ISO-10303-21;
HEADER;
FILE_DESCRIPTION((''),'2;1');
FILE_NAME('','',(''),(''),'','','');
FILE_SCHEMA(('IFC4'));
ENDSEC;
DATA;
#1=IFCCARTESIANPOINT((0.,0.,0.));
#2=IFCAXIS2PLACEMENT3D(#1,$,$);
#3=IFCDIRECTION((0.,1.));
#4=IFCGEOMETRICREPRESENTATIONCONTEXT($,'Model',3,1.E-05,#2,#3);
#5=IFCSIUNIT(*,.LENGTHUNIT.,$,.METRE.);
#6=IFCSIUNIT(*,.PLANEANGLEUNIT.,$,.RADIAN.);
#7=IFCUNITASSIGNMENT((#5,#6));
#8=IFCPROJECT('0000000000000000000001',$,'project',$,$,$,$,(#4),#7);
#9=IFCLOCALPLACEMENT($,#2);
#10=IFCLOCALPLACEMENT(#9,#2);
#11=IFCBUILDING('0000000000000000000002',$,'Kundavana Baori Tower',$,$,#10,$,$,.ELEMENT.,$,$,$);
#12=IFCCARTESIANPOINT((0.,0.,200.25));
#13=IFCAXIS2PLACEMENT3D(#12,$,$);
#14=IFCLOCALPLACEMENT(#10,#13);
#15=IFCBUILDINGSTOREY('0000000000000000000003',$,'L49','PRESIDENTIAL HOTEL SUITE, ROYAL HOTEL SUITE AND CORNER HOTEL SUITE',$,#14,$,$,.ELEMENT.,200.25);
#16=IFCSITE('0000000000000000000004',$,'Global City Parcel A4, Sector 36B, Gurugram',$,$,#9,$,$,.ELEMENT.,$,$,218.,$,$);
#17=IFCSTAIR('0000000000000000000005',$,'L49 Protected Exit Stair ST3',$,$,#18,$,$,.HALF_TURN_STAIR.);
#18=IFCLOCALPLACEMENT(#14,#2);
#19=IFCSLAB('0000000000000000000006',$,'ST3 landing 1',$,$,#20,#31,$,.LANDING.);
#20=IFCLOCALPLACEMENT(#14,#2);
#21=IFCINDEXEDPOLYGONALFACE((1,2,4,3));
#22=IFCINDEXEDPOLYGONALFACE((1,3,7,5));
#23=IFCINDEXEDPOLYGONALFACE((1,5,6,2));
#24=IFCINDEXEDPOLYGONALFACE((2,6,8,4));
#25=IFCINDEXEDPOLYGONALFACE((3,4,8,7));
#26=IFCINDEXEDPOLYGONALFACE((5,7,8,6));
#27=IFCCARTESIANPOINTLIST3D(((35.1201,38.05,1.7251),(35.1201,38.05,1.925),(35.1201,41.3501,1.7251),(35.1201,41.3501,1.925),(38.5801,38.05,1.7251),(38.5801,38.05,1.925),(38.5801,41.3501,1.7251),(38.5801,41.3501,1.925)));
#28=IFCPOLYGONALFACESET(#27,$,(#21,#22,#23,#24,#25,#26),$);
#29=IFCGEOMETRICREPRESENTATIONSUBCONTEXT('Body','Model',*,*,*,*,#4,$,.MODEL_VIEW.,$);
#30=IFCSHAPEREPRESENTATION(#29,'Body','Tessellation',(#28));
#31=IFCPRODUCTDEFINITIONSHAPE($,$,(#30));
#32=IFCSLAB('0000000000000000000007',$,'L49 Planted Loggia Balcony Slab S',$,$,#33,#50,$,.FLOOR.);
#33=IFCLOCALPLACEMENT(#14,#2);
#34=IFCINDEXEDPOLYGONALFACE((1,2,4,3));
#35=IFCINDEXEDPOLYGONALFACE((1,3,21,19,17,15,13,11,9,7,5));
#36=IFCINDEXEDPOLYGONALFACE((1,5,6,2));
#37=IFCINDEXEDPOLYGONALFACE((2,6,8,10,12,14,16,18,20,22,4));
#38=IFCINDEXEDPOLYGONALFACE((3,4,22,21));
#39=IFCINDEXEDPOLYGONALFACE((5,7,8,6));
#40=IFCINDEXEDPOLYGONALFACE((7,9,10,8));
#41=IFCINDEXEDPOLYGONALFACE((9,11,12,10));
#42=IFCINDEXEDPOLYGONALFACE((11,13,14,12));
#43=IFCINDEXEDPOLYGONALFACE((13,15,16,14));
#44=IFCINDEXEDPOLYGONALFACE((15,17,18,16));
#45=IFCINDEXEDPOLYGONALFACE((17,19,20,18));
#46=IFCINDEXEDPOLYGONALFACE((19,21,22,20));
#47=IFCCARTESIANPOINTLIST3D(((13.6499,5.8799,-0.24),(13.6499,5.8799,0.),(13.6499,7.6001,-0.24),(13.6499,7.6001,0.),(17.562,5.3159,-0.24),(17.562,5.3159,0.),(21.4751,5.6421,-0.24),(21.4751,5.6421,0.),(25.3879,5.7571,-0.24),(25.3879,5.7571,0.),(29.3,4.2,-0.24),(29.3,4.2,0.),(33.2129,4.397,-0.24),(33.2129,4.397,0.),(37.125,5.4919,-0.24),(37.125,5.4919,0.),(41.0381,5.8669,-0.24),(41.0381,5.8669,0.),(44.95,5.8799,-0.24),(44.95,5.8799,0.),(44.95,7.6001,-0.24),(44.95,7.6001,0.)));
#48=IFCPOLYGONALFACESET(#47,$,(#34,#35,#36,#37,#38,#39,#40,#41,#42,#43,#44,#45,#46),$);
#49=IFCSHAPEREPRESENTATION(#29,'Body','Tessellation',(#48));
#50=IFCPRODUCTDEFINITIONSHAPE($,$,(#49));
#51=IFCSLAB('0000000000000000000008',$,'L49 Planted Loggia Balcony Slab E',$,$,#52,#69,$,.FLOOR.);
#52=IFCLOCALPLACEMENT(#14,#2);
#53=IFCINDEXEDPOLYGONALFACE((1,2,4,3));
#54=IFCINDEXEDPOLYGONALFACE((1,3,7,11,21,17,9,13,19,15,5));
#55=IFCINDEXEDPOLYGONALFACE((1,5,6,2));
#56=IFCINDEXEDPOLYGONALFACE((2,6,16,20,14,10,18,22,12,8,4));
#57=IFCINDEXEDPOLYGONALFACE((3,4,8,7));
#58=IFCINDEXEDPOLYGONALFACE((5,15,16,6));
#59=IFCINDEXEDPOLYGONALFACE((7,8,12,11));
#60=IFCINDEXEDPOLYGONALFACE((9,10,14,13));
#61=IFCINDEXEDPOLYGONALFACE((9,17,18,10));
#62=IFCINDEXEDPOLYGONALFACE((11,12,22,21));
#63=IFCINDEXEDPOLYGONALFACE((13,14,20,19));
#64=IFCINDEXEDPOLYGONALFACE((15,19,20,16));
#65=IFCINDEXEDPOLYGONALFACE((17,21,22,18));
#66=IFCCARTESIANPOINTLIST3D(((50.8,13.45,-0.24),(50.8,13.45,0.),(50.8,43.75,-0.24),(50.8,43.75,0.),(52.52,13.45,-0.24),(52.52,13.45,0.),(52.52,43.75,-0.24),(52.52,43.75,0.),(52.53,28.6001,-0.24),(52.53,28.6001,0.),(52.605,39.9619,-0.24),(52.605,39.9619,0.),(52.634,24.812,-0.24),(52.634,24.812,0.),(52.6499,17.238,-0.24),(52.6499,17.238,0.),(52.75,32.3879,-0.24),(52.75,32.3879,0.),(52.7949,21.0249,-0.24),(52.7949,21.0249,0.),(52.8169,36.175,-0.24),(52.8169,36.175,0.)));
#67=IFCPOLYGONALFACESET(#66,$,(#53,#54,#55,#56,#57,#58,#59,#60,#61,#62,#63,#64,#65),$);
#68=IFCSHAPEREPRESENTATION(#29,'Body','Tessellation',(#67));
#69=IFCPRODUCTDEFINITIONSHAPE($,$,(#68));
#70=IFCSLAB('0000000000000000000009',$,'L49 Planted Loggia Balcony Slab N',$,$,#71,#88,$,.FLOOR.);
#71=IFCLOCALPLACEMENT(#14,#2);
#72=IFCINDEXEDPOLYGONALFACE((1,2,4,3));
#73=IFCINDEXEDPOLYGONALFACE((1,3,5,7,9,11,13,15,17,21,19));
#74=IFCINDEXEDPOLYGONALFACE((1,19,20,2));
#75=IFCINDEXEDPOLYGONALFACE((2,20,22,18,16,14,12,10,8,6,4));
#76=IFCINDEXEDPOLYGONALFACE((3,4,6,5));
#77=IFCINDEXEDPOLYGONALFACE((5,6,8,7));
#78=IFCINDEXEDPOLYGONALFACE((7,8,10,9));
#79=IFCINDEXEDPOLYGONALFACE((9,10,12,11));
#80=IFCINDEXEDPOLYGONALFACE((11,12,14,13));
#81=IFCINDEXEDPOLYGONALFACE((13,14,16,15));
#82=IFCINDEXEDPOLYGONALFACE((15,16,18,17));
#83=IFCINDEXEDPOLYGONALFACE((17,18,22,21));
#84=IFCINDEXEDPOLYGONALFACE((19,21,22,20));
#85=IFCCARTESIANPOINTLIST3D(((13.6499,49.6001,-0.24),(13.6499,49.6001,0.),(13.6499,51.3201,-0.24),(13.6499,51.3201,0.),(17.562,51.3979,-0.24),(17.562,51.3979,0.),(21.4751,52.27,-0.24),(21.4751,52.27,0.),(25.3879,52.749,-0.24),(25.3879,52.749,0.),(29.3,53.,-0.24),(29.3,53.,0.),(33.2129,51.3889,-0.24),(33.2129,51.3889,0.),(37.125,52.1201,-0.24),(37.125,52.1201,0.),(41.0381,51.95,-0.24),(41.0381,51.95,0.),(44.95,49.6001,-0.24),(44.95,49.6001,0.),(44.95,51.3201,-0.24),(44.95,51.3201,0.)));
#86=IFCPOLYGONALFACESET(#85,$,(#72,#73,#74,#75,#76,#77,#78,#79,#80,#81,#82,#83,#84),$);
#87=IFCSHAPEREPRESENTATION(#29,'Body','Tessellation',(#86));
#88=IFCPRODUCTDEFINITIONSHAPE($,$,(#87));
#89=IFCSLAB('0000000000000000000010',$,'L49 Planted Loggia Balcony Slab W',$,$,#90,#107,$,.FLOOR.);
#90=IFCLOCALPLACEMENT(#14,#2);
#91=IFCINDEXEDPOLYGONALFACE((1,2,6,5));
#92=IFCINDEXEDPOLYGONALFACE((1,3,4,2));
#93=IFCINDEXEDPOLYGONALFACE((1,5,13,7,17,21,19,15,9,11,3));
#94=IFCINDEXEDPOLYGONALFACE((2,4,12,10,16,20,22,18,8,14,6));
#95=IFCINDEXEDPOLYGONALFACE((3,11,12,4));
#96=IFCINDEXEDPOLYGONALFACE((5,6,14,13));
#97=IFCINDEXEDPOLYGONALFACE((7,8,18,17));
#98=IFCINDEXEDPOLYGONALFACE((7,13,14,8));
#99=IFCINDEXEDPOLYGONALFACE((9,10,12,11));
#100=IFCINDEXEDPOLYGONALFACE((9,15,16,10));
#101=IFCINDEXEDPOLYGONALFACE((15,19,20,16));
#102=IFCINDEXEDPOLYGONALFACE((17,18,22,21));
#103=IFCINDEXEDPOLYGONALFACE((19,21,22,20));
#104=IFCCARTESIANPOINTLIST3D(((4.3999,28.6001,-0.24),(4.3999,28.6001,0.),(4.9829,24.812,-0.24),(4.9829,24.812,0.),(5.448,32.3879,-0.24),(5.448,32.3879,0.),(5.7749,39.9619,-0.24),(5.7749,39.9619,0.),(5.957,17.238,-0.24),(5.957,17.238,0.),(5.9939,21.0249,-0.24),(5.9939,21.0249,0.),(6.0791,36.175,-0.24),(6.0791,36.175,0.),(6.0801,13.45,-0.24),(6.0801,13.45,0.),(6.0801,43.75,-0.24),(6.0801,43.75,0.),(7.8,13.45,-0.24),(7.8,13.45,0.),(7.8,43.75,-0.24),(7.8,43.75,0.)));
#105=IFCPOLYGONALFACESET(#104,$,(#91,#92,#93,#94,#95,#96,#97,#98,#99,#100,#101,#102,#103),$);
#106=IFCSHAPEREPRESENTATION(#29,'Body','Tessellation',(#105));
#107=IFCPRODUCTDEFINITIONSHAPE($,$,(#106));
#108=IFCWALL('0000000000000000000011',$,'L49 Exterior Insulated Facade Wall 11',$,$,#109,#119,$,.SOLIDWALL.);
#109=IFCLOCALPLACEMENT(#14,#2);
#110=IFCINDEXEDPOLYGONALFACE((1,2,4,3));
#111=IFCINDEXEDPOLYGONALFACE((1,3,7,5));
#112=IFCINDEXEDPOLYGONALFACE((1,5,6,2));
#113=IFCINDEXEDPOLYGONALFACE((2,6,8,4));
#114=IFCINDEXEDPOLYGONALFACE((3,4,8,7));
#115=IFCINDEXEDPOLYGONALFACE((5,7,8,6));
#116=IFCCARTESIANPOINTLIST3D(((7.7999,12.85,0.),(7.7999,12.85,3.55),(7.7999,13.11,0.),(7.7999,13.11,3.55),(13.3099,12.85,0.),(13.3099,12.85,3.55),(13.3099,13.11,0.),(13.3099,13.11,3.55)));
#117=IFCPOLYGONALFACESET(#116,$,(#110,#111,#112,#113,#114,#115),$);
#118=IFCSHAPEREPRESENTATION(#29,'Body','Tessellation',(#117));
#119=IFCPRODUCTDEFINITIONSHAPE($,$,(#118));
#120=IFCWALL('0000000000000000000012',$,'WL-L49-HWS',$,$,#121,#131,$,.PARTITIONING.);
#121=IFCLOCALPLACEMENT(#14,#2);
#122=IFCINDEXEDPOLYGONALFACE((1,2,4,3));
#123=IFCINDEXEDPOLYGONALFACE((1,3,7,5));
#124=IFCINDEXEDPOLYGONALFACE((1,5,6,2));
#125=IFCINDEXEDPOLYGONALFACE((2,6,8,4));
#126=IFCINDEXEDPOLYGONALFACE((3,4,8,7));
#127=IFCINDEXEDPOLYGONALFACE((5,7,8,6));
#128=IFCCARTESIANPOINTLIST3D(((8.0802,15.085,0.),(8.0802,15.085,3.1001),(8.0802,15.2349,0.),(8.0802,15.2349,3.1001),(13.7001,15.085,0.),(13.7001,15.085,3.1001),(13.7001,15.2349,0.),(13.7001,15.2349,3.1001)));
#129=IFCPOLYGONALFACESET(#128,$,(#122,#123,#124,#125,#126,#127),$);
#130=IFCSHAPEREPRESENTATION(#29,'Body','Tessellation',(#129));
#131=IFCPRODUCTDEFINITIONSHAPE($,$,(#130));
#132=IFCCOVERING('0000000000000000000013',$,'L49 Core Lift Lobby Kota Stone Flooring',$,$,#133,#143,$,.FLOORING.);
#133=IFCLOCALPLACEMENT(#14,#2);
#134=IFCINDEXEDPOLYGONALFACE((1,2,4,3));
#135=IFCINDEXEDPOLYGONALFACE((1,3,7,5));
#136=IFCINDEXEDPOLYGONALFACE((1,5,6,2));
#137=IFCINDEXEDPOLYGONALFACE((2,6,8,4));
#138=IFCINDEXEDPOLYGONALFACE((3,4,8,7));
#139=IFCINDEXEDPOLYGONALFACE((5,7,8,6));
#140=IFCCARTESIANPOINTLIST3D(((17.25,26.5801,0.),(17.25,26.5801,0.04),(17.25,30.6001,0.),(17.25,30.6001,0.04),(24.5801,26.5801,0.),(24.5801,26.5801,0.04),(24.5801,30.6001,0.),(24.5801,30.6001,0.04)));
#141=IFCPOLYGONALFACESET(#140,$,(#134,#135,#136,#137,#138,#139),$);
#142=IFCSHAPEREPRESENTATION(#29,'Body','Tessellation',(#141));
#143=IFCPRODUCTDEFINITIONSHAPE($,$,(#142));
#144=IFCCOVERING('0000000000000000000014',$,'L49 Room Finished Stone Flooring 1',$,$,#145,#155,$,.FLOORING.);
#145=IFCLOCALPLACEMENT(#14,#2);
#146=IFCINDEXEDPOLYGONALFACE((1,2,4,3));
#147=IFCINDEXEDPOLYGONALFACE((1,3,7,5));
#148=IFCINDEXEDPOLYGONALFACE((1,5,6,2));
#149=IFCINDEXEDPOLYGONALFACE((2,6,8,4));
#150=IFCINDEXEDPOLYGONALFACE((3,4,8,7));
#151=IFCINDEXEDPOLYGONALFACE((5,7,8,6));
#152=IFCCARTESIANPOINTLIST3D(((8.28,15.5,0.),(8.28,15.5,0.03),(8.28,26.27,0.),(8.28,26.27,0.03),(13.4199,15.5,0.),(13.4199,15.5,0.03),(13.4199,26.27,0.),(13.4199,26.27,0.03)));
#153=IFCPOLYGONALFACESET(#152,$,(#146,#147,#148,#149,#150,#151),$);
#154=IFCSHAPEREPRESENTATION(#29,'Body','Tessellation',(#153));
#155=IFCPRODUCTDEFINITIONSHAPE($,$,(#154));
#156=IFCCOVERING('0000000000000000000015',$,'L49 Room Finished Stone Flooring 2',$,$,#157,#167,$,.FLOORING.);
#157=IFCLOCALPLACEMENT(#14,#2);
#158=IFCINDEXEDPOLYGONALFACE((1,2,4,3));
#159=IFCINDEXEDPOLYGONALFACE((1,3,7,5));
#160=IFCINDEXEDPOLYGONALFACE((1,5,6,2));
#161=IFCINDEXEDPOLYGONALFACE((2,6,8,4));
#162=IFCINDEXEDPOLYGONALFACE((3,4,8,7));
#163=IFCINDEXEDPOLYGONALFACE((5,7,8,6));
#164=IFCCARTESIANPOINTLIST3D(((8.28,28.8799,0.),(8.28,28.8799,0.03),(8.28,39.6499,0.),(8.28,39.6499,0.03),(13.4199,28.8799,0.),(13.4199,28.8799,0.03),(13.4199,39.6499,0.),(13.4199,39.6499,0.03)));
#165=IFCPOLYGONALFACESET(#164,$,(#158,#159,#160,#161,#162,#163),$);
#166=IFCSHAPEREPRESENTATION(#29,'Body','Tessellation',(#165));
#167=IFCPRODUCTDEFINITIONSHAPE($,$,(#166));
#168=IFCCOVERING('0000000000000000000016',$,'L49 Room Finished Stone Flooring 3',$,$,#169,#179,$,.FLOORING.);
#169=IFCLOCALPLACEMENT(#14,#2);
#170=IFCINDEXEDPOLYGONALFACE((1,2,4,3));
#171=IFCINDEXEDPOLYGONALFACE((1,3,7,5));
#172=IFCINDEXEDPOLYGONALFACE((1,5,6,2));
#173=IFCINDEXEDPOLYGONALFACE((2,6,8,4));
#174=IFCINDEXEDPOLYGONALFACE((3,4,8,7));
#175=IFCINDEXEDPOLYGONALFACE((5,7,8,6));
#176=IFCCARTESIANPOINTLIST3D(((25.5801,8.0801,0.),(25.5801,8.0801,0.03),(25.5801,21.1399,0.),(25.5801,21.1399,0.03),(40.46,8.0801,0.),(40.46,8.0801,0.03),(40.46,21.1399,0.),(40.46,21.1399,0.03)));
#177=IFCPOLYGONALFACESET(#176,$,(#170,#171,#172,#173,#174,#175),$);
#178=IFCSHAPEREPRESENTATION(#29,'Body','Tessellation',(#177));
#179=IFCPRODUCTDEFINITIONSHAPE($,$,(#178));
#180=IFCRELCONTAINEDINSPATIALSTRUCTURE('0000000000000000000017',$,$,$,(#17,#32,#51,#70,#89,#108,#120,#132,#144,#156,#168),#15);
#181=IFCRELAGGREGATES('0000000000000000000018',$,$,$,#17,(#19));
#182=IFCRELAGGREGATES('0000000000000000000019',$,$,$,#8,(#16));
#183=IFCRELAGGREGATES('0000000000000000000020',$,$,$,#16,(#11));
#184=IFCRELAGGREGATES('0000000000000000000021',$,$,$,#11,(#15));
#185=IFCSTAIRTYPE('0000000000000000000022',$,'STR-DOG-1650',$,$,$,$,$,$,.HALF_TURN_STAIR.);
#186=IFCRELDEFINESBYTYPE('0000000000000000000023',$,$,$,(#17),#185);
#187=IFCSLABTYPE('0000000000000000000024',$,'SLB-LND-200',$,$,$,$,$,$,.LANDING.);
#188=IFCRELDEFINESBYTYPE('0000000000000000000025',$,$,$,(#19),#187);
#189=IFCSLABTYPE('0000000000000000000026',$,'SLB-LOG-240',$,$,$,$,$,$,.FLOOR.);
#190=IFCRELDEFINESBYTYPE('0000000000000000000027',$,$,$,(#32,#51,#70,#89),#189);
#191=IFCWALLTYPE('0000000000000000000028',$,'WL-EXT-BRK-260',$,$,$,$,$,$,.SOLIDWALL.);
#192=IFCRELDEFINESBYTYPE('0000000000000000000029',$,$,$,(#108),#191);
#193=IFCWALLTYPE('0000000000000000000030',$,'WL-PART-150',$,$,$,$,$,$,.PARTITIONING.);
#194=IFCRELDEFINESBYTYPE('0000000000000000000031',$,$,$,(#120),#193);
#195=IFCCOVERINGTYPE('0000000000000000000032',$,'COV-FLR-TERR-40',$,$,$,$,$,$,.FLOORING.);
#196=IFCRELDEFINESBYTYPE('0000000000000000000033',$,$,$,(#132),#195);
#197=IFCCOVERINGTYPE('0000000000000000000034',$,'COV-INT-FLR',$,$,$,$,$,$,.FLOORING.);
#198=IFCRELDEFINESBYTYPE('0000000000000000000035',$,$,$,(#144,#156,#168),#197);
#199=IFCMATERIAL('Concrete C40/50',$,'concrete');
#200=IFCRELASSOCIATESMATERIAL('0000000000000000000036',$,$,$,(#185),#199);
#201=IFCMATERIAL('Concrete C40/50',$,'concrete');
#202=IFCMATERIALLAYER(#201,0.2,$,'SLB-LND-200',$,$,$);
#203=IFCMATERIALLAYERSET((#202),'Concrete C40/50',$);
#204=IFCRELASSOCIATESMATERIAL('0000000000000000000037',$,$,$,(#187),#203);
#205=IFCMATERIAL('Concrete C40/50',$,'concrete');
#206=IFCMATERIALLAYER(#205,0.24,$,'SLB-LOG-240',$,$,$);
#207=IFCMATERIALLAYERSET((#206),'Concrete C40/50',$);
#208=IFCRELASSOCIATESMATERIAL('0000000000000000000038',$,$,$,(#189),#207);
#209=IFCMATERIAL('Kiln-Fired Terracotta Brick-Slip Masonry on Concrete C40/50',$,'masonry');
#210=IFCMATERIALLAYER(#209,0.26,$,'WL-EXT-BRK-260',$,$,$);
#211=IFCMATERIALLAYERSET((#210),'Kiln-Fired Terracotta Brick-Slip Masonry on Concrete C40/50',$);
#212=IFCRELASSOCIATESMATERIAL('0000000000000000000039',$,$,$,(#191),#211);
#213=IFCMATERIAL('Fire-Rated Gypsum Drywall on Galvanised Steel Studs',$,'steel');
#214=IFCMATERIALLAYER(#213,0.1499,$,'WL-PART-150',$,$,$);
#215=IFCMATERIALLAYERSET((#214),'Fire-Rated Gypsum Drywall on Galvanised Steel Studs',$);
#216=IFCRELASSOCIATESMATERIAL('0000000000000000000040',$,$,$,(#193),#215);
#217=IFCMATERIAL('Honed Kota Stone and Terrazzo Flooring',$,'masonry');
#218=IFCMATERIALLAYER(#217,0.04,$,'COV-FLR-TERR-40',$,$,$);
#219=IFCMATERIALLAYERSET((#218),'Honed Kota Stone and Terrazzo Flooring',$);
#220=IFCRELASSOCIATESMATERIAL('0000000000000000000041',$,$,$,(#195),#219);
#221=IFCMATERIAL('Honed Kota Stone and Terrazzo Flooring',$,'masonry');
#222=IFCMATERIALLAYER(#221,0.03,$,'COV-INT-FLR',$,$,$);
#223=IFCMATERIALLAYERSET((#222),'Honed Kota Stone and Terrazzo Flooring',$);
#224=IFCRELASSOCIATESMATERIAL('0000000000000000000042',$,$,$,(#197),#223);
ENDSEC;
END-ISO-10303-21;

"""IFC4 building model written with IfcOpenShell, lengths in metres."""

from ifc_helpers import new_model, si_unit, direction, frame, frame_2d, origin, place, context, subcontext, project, spatial, polyline, rectangle, outline, extrude, material, layer, layer_set, type_object, element, aggregate, save


model = new_model("IFC4")

# Units and contexts
model_context = context("Model", 3, precision=1e-05, world=origin(), true_north=direction((0.0, 1.0)))
body_context = subcontext(model_context, "Body", "Model", "MODEL_VIEW")
ifc_project = project(units=[si_unit("LENGTHUNIT", "METRE"), si_unit("PLANEANGLEUNIT", "RADIAN")], contexts=[model_context])

# Site, building, storey
site_placement = place(None, origin())
site = spatial("IfcSite", under=ifc_project, at=site_placement, Name="Global City Parcel A4, Sector 36B, Gurugram", CompositionType="ELEMENT", RefElevation=218.0)
building_placement = place(site_placement, origin())
building = spatial("IfcBuilding", under=site, at=building_placement, Name="Kundavana Baori Tower", CompositionType="ELEMENT")
storey_placement = place(building_placement, frame((0.0, 0.0, 200.25)))
storey = spatial("IfcBuildingStorey", under=building, at=storey_placement, Name="L49", Description="PRESIDENTIAL HOTEL SUITE, ROYAL HOTEL SUITE AND CORNER HOTEL SUITE", CompositionType="ELEMENT", Elevation=200.25)

# Stair, slab
ifc_material_1 = material(Name="Concrete C40/50", Category="concrete")
stair_type = type_object("IfcStairType", Name="STR-DOG-1650", PredefinedType="HALF_TURN_STAIR", material=ifc_material_1)
ifc_material_2 = material(Name="Concrete C40/50", Category="concrete")
ifc_layer_1 = layer(ifc_material_2, 0.2, Name="SLB-LND-200")
ifc_layer_set_1 = layer_set([ifc_layer_1], Name="Concrete C40/50")
slab_type_1 = type_object("IfcSlabType", Name="SLB-LND-200", PredefinedType="LANDING", material=ifc_layer_set_1)
stair_1_placement = place(storey_placement, origin())
stair_1 = element("IfcStair", 1, at=stair_1_placement, inside=storey, type_object=stair_type, Name="L49 Protected Exit Stair ST3", PredefinedType="HALF_TURN_STAIR")
slab_1_placement = place(storey_placement, frame((0.0, 0.0, 1.7251)))
slab_1 = element("IfcSlab", 2, at=slab_1_placement, type_object=slab_type_1, Name="ST3 landing 1", PredefinedType="LANDING", context=body_context, shape_type="SweptSolid", body=[
    extrude(outline(polyline([(38.5801, 38.05), (38.5801, 41.3501), (35.1201, 41.3501), (35.1201, 38.05), (38.5801, 38.05)])), origin(), (0.0, 0.0, 1.0), 0.2),
])
aggregate(stair_1, [slab_1])

# Slabs
ifc_material_3 = material(Name="Concrete C40/50", Category="concrete")
ifc_layer_2 = layer(ifc_material_3, 0.24, Name="SLB-LOG-240")
ifc_layer_set_2 = layer_set([ifc_layer_2], Name="Concrete C40/50")
slab_type_2 = type_object("IfcSlabType", Name="SLB-LOG-240", PredefinedType="FLOOR", material=ifc_layer_set_2)
slab_2_placement = place(storey_placement, frame((0.0, 0.0, -0.24)))
element("IfcSlab", 3, at=slab_2_placement, inside=storey, type_object=slab_type_2, Name="L49 Planted Loggia Balcony Slab S", PredefinedType="FLOOR", context=body_context, shape_type="SweptSolid", body=[
    extrude(outline(polyline([(13.6499, 7.6001), (44.95, 7.6001), (44.95, 5.8799), (41.0381, 5.8669), (37.125, 5.4919), (33.2129, 4.397), (29.3, 4.2), (25.3879, 5.7571), (21.4751, 5.6421), (17.562, 5.3159), (13.6499, 5.8799), (13.6499, 7.6001)])), origin(), (0.0, 0.0, 1.0), 0.24),
])
slab_3_placement = place(storey_placement, frame((0.0, 0.0, -0.24)))
element("IfcSlab", 4, at=slab_3_placement, inside=storey, type_object=slab_type_2, Name="L49 Planted Loggia Balcony Slab E", PredefinedType="FLOOR", context=body_context, shape_type="SweptSolid", body=[
    extrude(outline(polyline([(50.8, 13.45), (50.8, 43.75), (52.52, 43.75), (52.605, 39.9619), (52.8169, 36.175), (52.75, 32.3879), (52.53, 28.6001), (52.634, 24.812), (52.7949, 21.0249), (52.6499, 17.238), (52.52, 13.45), (50.8, 13.45)])), origin(), (0.0, 0.0, 1.0), 0.24),
])
slab_4_placement = place(storey_placement, frame((0.0, 0.0, -0.24)))
element("IfcSlab", 5, at=slab_4_placement, inside=storey, type_object=slab_type_2, Name="L49 Planted Loggia Balcony Slab N", PredefinedType="FLOOR", context=body_context, shape_type="SweptSolid", body=[
    extrude(outline(polyline([(44.95, 49.6001), (13.6499, 49.6001), (13.6499, 51.3201), (17.562, 51.3979), (21.4751, 52.27), (25.3879, 52.749), (29.3, 53.0), (33.2129, 51.3889), (37.125, 52.1201), (41.0381, 51.95), (44.95, 51.3201), (44.95, 49.6001)])), origin(), (0.0, 0.0, 1.0), 0.24),
])
slab_5_placement = place(storey_placement, frame((0.0, 0.0, -0.24)))
element("IfcSlab", 6, at=slab_5_placement, inside=storey, type_object=slab_type_2, Name="L49 Planted Loggia Balcony Slab W", PredefinedType="FLOOR", context=body_context, shape_type="SweptSolid", body=[
    extrude(outline(polyline([(7.8, 43.75), (7.8, 13.45), (6.0801, 13.45), (5.957, 17.238), (5.9939, 21.0249), (4.9829, 24.812), (4.3999, 28.6001), (5.448, 32.3879), (6.0791, 36.175), (5.7749, 39.9619), (6.0801, 43.75), (7.8, 43.75)])), origin(), (0.0, 0.0, 1.0), 0.24),
])

# Walls
ifc_material_4 = material(Name="Kiln-Fired Terracotta Brick-Slip Masonry on Concrete C40/50", Category="masonry")
ifc_layer_3 = layer(ifc_material_4, 0.26, Name="WL-EXT-BRK-260")
ifc_layer_set_3 = layer_set([ifc_layer_3], Name="Kiln-Fired Terracotta Brick-Slip Masonry on Concrete C40/50")
wall_type_1 = type_object("IfcWallType", Name="WL-EXT-BRK-260", PredefinedType="SOLIDWALL", material=ifc_layer_set_3)
wall_1_placement = place(storey_placement, frame((7.8, 12.98, 0.0), z_axis=(0.0, 0.0, 1.0), x_axis=(1.0, 0.0, 0.0)))
element("IfcWall", 7, at=wall_1_placement, inside=storey, type_object=wall_type_1, Name="L49 Exterior Insulated Facade Wall 11", PredefinedType="SOLIDWALL", context=body_context, shape_type="SweptSolid", body=[
    extrude(rectangle(XDim=5.51, YDim=0.26, at=frame_2d((2.7549, 0.0))), origin(), (0.0, 0.0, 1.0), 3.55),
])
ifc_material_5 = material(Name="Fire-Rated Gypsum Drywall on Galvanised Steel Studs", Category="steel")
ifc_layer_4 = layer(ifc_material_5, 0.1499, Name="WL-PART-150")
ifc_layer_set_4 = layer_set([ifc_layer_4], Name="Fire-Rated Gypsum Drywall on Galvanised Steel Studs")
wall_type_2 = type_object("IfcWallType", Name="WL-PART-150", PredefinedType="PARTITIONING", material=ifc_layer_set_4)
wall_2_placement = place(storey_placement, frame((8.0801, 15.1599, 0.0), z_axis=(0.0, 0.0, 1.0), x_axis=(1.0, 0.0, 0.0)))
element("IfcWall", 8, at=wall_2_placement, inside=storey, type_object=wall_type_2, Name="WL-L49-HWS", PredefinedType="PARTITIONING", context=body_context, shape_type="SweptSolid", body=[
    extrude(rectangle(XDim=5.6199, YDim=0.1499, at=frame_2d((2.8101, 0.0))), origin(), (0.0, 0.0, 1.0), 3.1001),
])

# Coverings
ifc_material_6 = material(Name="Honed Kota Stone and Terrazzo Flooring", Category="masonry")
ifc_layer_5 = layer(ifc_material_6, 0.04, Name="COV-FLR-TERR-40")
ifc_layer_set_5 = layer_set([ifc_layer_5], Name="Honed Kota Stone and Terrazzo Flooring")
covering_type_1 = type_object("IfcCoveringType", Name="COV-FLR-TERR-40", PredefinedType="FLOORING", material=ifc_layer_set_5)
covering_1_placement = place(storey_placement, origin())
element("IfcCovering", 9, at=covering_1_placement, inside=storey, type_object=covering_type_1, Name="L49 Core Lift Lobby Kota Stone Flooring", PredefinedType="FLOORING", context=body_context, shape_type="SweptSolid", body=[
    extrude(outline(polyline([(17.25, 26.5801), (24.5801, 26.5801), (24.5801, 30.6001), (17.25, 30.6001), (17.25, 26.5801)])), origin(), (0.0, 0.0, 1.0), 0.04),
])
ifc_material_7 = material(Name="Honed Kota Stone and Terrazzo Flooring", Category="masonry")
ifc_layer_6 = layer(ifc_material_7, 0.03, Name="COV-INT-FLR")
ifc_layer_set_6 = layer_set([ifc_layer_6], Name="Honed Kota Stone and Terrazzo Flooring")
covering_type_2 = type_object("IfcCoveringType", Name="COV-INT-FLR", PredefinedType="FLOORING", material=ifc_layer_set_6)
covering_2_placement = place(storey_placement, origin())
element("IfcCovering", 10, at=covering_2_placement, inside=storey, type_object=covering_type_2, Name="L49 Room Finished Stone Flooring 1", PredefinedType="FLOORING", context=body_context, shape_type="SweptSolid", body=[
    extrude(outline(polyline([(8.28, 15.5), (13.4199, 15.5), (13.4199, 26.27), (8.28, 26.27), (8.28, 15.5)])), origin(), (0.0, 0.0, 1.0), 0.03),
])
covering_3_placement = place(storey_placement, origin())
element("IfcCovering", 11, at=covering_3_placement, inside=storey, type_object=covering_type_2, Name="L49 Room Finished Stone Flooring 2", PredefinedType="FLOORING", context=body_context, shape_type="SweptSolid", body=[
    extrude(outline(polyline([(8.28, 28.8799), (13.4199, 28.8799), (13.4199, 39.6499), (8.28, 39.6499), (8.28, 28.8799)])), origin(), (0.0, 0.0, 1.0), 0.03),
])
covering_4_placement = place(storey_placement, origin())
element("IfcCovering", 12, at=covering_4_placement, inside=storey, type_object=covering_type_2, Name="L49 Room Finished Stone Flooring 3", PredefinedType="FLOORING", context=body_context, shape_type="SweptSolid", body=[
    extrude(outline(polyline([(25.5801, 8.0801), (40.46, 8.0801), (40.46, 21.1399), (25.5801, 21.1399), (25.5801, 8.0801)])), origin(), (0.0, 0.0, 1.0), 0.03),
])

save(model, "model.ifc")
